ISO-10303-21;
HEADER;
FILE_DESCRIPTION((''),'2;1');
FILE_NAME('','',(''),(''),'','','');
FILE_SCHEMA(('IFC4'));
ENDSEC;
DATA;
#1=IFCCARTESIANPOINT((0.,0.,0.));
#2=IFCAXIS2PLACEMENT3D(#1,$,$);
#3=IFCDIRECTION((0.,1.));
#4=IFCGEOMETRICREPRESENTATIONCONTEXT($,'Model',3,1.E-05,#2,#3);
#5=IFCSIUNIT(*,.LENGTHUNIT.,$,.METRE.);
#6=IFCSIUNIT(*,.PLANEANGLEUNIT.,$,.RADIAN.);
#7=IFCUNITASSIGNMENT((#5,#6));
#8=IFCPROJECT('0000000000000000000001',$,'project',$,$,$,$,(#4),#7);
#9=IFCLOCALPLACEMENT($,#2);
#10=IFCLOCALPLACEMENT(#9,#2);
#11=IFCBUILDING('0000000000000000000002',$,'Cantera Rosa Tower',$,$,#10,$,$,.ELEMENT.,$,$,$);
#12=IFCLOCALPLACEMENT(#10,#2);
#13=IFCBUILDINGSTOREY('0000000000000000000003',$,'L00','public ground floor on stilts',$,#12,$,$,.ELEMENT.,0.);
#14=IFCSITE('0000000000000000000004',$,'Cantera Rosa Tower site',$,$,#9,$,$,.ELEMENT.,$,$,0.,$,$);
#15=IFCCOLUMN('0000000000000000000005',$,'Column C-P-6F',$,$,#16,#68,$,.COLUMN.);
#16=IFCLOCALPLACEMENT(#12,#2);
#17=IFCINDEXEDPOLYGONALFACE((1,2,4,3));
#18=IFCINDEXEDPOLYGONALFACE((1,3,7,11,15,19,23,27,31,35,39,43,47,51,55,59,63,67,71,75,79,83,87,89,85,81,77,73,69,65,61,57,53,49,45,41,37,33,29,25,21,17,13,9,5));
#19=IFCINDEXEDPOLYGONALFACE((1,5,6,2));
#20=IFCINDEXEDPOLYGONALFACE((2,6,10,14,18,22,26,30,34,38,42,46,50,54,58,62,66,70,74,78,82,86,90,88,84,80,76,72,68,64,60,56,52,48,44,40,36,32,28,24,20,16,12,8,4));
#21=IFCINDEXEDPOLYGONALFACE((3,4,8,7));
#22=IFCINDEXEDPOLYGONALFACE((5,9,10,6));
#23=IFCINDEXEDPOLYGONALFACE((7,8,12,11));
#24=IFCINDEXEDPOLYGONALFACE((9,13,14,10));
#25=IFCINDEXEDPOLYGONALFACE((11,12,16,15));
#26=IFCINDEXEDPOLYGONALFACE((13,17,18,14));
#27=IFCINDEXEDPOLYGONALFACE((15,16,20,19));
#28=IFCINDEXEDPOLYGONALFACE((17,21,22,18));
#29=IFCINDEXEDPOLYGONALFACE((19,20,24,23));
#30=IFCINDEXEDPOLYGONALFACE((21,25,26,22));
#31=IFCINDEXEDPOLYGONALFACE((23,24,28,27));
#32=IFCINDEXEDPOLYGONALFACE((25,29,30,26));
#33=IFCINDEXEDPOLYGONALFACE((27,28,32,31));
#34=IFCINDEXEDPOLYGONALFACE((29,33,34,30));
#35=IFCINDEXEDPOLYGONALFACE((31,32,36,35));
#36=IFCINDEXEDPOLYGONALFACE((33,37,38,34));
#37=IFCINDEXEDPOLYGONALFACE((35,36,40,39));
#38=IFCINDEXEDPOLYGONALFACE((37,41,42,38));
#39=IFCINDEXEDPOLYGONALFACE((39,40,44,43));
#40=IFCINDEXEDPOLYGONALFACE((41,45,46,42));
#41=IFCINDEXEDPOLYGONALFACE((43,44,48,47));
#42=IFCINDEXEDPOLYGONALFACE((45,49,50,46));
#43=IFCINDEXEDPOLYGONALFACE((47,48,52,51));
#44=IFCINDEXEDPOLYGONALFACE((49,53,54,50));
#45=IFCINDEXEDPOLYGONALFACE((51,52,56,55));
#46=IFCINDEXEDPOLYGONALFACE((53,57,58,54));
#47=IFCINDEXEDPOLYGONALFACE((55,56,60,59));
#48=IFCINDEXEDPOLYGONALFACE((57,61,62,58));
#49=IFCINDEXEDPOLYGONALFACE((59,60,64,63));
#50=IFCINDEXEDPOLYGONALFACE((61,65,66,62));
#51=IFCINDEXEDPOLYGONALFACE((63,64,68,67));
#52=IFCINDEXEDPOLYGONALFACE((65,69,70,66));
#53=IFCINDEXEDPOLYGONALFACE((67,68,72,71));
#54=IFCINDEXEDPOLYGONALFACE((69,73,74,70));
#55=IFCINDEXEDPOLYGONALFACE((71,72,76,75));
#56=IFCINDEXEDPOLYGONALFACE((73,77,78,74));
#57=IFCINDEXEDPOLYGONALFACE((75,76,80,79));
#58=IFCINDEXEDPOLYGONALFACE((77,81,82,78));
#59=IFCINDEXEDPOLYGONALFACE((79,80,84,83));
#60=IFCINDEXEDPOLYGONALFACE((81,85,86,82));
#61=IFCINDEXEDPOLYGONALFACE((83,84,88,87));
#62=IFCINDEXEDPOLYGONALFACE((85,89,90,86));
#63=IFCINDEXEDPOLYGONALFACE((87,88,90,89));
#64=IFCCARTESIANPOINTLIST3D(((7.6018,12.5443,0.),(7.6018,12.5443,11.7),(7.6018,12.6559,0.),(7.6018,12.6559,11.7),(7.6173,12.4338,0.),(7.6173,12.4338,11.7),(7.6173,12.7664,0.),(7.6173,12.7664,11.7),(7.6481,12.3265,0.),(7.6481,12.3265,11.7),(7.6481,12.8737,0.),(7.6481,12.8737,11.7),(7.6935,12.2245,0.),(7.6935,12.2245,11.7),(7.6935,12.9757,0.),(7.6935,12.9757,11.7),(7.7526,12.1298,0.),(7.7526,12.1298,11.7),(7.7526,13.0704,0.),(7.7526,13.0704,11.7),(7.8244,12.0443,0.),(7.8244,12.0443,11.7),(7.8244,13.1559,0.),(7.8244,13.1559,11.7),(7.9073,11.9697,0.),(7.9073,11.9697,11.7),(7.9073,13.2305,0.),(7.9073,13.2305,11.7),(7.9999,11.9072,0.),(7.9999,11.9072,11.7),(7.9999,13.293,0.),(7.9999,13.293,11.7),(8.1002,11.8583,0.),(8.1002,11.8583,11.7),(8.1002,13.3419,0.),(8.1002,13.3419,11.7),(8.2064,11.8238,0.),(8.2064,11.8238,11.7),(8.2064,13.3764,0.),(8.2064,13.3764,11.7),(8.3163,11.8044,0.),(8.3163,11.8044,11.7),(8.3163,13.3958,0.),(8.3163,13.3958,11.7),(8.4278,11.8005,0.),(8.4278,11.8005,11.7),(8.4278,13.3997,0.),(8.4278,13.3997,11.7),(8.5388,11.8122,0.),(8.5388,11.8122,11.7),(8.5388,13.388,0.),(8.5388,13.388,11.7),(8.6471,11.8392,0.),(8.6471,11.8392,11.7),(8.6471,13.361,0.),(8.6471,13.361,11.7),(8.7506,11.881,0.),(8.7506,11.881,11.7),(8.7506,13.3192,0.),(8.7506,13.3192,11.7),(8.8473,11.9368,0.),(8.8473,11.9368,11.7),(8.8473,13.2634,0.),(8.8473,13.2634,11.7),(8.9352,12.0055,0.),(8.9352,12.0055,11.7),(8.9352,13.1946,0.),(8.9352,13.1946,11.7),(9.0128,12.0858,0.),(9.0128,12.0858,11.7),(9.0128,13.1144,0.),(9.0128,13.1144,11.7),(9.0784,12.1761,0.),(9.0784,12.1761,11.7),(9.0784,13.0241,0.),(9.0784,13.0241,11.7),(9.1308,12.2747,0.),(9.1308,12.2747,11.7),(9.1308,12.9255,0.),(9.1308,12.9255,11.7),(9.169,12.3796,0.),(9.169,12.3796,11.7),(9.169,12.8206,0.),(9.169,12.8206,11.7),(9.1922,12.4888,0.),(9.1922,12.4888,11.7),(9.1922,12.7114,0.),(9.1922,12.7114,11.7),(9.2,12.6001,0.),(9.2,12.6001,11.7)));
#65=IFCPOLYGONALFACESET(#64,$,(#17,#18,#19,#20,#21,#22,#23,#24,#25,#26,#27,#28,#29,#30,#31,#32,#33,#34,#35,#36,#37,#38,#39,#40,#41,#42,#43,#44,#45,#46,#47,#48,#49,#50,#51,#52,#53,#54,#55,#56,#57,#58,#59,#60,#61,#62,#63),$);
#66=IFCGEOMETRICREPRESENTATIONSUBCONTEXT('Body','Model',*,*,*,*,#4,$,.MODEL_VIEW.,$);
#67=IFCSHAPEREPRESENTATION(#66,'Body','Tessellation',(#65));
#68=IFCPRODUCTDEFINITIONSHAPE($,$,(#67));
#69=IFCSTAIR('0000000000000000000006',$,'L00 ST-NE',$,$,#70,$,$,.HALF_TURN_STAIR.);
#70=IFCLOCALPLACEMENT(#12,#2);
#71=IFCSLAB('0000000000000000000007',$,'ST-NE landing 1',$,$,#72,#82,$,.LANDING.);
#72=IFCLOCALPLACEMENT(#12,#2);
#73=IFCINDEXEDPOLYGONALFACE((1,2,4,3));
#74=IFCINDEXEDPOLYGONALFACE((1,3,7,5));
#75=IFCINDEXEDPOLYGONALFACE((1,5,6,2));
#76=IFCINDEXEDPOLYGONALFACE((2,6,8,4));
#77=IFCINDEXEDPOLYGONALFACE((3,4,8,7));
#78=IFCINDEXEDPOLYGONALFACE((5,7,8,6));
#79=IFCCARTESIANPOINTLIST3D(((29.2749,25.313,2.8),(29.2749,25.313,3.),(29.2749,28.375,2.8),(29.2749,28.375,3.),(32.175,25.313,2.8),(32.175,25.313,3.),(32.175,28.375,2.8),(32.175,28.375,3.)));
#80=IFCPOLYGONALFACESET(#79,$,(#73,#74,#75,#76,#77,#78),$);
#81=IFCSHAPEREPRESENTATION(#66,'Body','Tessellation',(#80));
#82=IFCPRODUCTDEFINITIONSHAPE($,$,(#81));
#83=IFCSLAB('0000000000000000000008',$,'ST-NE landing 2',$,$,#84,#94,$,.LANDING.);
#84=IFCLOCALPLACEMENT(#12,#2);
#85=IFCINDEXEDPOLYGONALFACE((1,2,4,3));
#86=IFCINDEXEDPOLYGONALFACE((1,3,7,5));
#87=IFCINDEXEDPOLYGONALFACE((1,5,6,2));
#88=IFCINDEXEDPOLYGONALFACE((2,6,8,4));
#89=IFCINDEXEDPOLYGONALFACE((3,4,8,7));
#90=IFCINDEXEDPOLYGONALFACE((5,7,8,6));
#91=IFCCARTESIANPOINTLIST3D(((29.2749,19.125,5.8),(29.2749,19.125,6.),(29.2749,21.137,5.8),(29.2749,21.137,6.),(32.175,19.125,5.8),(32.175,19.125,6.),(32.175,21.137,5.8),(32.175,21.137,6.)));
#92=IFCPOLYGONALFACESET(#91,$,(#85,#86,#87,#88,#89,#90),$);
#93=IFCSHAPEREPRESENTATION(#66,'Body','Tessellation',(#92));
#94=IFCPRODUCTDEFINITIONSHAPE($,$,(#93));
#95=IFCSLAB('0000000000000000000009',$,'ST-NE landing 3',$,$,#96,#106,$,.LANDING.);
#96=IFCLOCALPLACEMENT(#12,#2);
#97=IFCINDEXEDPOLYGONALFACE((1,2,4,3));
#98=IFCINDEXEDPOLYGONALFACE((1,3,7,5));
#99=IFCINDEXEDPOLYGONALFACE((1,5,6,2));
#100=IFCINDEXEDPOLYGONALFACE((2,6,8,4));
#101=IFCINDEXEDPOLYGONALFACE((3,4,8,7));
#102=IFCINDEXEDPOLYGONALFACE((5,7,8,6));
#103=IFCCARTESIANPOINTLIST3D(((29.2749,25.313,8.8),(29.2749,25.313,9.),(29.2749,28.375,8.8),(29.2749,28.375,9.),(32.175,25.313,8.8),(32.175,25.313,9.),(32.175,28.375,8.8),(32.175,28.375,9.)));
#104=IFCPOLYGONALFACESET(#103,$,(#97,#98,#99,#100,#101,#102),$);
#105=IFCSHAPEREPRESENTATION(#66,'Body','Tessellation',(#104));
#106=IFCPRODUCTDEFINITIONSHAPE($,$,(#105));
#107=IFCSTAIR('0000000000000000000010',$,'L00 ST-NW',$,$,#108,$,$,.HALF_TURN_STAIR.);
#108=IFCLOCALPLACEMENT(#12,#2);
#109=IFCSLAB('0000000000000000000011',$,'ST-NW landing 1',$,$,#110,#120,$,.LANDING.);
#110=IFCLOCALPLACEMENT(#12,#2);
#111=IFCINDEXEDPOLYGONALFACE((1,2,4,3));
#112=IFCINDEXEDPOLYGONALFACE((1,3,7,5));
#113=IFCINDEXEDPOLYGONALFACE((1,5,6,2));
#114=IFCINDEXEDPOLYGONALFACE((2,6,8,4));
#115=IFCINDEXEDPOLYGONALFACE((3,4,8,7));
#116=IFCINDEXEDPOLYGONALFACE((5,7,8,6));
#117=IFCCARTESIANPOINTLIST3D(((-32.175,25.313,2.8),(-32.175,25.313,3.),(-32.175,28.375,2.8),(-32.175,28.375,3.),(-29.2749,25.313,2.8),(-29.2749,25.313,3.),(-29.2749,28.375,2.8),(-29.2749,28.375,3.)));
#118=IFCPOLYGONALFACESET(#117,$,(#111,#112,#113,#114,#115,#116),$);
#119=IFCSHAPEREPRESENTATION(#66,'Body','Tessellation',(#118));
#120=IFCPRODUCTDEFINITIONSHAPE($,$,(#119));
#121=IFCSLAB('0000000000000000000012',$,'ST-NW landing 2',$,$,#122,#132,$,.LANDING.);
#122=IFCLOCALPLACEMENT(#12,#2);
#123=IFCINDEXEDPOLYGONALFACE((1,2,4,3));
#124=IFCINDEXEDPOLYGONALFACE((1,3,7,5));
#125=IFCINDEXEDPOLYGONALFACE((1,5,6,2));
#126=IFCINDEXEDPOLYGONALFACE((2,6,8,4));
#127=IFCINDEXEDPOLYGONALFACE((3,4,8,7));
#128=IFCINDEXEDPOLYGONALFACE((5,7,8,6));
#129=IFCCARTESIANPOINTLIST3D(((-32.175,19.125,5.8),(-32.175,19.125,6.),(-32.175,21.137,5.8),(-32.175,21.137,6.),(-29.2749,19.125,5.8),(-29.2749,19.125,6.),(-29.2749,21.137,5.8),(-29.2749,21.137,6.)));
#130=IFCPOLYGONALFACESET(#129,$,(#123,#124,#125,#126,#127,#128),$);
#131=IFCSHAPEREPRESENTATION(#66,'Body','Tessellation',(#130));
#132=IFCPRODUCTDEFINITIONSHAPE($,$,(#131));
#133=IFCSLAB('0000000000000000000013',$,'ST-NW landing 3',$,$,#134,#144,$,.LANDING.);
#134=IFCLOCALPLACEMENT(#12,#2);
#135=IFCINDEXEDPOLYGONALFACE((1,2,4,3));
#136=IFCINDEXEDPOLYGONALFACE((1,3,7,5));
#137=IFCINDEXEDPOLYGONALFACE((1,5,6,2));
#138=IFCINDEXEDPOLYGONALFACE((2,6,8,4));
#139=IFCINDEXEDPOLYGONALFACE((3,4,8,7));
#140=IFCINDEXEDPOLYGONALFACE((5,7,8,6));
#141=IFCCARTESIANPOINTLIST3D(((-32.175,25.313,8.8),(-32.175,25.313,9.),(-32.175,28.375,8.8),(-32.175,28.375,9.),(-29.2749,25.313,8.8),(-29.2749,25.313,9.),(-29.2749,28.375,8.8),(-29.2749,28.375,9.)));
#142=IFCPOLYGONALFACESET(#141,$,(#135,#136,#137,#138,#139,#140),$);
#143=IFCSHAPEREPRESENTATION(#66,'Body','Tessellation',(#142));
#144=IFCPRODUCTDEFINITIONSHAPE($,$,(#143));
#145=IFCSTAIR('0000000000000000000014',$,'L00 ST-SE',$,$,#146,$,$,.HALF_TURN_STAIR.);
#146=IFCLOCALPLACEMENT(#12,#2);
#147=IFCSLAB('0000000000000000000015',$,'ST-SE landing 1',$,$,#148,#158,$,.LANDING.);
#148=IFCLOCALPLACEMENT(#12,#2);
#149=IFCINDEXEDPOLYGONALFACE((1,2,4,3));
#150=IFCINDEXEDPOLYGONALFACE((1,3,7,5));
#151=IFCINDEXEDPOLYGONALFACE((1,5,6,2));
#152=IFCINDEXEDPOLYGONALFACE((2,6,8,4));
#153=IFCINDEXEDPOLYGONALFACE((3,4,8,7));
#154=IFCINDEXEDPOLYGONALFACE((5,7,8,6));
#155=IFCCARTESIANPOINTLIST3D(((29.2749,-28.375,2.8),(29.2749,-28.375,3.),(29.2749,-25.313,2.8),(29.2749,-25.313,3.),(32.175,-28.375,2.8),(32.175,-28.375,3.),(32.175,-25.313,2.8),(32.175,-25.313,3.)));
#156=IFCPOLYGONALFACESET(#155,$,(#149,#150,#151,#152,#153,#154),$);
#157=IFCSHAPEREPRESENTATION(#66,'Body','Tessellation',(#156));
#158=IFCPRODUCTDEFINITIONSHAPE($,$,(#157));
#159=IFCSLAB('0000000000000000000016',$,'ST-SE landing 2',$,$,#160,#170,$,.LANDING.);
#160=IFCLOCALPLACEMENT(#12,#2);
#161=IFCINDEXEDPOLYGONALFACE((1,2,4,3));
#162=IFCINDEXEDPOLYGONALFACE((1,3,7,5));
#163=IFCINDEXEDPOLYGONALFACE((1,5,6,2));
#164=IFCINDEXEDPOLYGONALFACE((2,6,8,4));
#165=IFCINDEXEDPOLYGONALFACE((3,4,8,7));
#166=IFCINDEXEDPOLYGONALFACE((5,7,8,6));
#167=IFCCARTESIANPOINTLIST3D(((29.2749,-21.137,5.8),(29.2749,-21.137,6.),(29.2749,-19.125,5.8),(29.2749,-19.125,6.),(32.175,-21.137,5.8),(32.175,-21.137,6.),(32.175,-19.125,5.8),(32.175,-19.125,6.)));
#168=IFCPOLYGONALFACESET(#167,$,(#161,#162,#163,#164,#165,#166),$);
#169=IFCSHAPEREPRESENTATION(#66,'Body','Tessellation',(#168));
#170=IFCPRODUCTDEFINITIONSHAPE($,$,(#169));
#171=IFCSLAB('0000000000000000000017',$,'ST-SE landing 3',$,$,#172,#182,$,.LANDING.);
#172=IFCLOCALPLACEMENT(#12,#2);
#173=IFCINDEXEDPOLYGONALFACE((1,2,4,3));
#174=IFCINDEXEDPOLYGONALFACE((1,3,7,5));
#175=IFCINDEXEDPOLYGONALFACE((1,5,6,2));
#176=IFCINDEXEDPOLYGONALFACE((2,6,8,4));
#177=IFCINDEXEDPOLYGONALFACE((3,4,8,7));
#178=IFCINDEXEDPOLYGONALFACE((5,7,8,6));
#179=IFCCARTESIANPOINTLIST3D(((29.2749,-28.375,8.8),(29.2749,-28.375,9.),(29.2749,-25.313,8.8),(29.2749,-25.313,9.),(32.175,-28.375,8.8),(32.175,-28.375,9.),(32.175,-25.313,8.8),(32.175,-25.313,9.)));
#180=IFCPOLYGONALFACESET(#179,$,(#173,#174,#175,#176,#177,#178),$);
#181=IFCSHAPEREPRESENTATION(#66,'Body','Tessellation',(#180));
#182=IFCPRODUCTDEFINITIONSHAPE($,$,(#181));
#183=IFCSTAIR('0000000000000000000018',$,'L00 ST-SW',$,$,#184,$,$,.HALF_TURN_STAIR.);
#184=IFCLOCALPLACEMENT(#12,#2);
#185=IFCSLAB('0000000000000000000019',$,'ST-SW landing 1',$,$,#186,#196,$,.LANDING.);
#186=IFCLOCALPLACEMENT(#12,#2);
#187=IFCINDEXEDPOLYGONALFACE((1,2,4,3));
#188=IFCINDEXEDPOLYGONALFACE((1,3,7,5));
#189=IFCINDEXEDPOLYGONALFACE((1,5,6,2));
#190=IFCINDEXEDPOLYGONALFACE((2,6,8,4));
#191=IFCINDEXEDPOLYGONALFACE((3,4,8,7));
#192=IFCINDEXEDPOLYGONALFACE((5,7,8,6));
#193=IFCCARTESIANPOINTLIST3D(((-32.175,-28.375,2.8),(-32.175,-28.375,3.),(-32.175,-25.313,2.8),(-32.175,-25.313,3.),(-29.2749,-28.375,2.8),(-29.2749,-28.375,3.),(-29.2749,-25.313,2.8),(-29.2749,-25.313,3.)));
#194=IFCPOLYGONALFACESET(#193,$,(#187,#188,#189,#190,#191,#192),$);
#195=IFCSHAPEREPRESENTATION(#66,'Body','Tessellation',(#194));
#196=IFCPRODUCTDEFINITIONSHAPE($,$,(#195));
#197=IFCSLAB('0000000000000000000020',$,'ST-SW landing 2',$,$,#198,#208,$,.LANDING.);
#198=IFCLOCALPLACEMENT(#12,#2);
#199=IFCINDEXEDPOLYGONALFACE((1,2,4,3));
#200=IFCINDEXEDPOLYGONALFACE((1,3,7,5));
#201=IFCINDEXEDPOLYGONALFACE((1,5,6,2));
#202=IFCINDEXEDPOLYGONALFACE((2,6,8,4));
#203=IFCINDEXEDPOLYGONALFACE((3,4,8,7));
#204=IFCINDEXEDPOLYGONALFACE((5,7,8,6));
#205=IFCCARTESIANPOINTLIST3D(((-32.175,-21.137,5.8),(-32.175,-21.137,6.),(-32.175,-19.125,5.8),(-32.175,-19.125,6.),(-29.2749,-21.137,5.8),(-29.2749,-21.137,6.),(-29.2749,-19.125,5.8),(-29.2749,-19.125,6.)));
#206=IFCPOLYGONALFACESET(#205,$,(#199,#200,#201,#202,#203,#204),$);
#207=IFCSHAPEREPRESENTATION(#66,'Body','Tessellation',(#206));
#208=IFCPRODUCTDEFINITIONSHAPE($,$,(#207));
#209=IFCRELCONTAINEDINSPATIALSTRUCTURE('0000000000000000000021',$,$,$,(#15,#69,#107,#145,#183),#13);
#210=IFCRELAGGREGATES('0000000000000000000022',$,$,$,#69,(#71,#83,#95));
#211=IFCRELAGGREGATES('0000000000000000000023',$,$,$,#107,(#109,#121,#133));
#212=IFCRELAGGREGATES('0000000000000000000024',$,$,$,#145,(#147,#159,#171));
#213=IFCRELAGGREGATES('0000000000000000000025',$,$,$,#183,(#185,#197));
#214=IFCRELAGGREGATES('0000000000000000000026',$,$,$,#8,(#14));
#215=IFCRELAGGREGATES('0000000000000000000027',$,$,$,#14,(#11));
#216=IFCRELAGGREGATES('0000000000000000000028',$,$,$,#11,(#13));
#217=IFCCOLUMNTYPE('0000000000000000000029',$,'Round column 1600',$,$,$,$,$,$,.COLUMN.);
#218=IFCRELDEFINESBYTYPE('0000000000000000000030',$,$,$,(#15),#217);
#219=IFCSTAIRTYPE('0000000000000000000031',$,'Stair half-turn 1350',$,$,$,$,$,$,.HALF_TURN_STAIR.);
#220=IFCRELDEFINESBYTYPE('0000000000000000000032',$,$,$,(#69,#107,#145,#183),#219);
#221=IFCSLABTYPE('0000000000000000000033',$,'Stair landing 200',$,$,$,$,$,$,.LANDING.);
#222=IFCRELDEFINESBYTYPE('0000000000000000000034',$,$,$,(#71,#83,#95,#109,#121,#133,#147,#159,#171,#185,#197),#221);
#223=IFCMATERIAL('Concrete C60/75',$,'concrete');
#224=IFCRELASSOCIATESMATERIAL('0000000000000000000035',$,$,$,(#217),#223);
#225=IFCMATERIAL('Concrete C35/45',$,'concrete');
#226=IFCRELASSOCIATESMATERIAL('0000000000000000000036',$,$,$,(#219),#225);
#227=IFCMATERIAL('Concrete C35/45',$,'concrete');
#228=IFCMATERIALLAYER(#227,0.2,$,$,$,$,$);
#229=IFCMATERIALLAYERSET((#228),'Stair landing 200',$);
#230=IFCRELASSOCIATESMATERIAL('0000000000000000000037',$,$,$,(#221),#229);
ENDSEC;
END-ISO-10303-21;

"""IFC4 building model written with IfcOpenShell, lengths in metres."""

from ifc_helpers import new_model, si_unit, direction, frame, origin, origin_2d, place, context, subcontext, project, spatial, polyline, circle, outline, extrude, material, layer, layer_set, material_profile, profile_set, type_object, element, aggregate, save


model = new_model("IFC4")

# Units and contexts
model_context = context("Model", 3, precision=1e-05, world=origin(), true_north=direction((0.0, 1.0)))
body_context = subcontext(model_context, "Body", "Model", "MODEL_VIEW")
ifc_project = project(units=[si_unit("LENGTHUNIT", "METRE"), si_unit("PLANEANGLEUNIT", "RADIAN")], contexts=[model_context])

# Site, building, storey
site_placement = place(None, origin())
site = spatial("IfcSite", under=ifc_project, at=site_placement, Name="Cantera Rosa Tower site", CompositionType="ELEMENT", RefElevation=0.0)
building_placement = place(site_placement, origin())
building = spatial("IfcBuilding", under=site, at=building_placement, Name="Cantera Rosa Tower", CompositionType="ELEMENT")
storey_placement = place(building_placement, origin())
storey = spatial("IfcBuildingStorey", under=building, at=storey_placement, Name="L00", Description="public ground floor on stilts", CompositionType="ELEMENT", Elevation=0.0)

# Column
ifc_material_1 = material(Name="Concrete C60/75", Category="concrete")
ifc_material_profile = material_profile(ifc_material_1, circle(Radius=0.8, at=origin_2d()), Name="Round column 1600")
ifc_profile_set = profile_set([ifc_material_profile], Name="Concrete C60/75")
column_type = type_object("IfcColumnType", Name="Round column 1600", PredefinedType="COLUMN", material=ifc_profile_set)
column_placement = place(storey_placement, frame((8.3999, 12.6001, 0.0), z_axis=(0.0, 0.0, 1.0), x_axis=(1.0, 0.0, 0.0)))
element("IfcColumn", 1, at=column_placement, inside=storey, type_object=column_type, Name="Column C-P-6F", PredefinedType="COLUMN", context=body_context, shape_type="SweptSolid", body=[
    extrude(circle(Radius=0.8, at=origin_2d()), origin(), (0.0, 0.0, 1.0), 11.7),
])

# Stairs, slabs
ifc_material_2 = material(Name="Concrete C35/45", Category="concrete")
stair_type = type_object("IfcStairType", Name="Stair half-turn 1350", PredefinedType="HALF_TURN_STAIR", material=ifc_material_2)
stair_1_placement = place(storey_placement, origin())
stair_1 = element("IfcStair", 2, at=stair_1_placement, inside=storey, type_object=stair_type, Name="L00 ST-NE", PredefinedType="HALF_TURN_STAIR")
ifc_material_3 = material(Name="Concrete C35/45", Category="concrete")
ifc_layer_1 = layer(ifc_material_3, 0.2)
ifc_layer_set_1 = layer_set([ifc_layer_1], Name="Stair landing 200")
slab_type = type_object("IfcSlabType", Name="Stair landing 200", PredefinedType="LANDING", material=ifc_layer_set_1)
slab_1_placement = place(storey_placement, frame((0.0, 0.0, 2.8)))
slab_1 = element("IfcSlab", 3, at=slab_1_placement, type_object=slab_type, Name="ST-NE landing 1", PredefinedType="LANDING", context=body_context, shape_type="SweptSolid", body=[
    extrude(outline(polyline([(32.175, 25.313), (32.175, 28.375), (29.2749, 28.375), (29.2749, 25.313), (32.175, 25.313)])), origin(), (0.0, 0.0, 1.0), 0.2),
])
slab_2_placement = place(storey_placement, frame((0.0, 0.0, 5.8)))
slab_2 = element("IfcSlab", 4, at=slab_2_placement, type_object=slab_type, Name="ST-NE landing 2", PredefinedType="LANDING", context=body_context, shape_type="SweptSolid", body=[
    extrude(outline(polyline([(32.175, 19.125), (32.175, 21.137), (29.2749, 21.137), (29.2749, 19.125), (32.175, 19.125)])), origin(), (0.0, 0.0, 1.0), 0.2),
])
slab_3_placement = place(storey_placement, frame((0.0, 0.0, 8.8)))
slab_3 = element("IfcSlab", 5, at=slab_3_placement, type_object=slab_type, Name="ST-NE landing 3", PredefinedType="LANDING", context=body_context, shape_type="SweptSolid", body=[
    extrude(outline(polyline([(32.175, 25.313), (32.175, 28.375), (29.2749, 28.375), (29.2749, 25.313), (32.175, 25.313)])), origin(), (0.0, 0.0, 1.0), 0.2),
])
aggregate(stair_1, [slab_1, slab_2, slab_3])
stair_2_placement = place(storey_placement, origin())
stair_2 = element("IfcStair", 6, at=stair_2_placement, inside=storey, type_object=stair_type, Name="L00 ST-NW", PredefinedType="HALF_TURN_STAIR")
slab_4_placement = place(storey_placement, frame((0.0, 0.0, 2.8)))
slab_4 = element("IfcSlab", 7, at=slab_4_placement, type_object=slab_type, Name="ST-NW landing 1", PredefinedType="LANDING", context=body_context, shape_type="SweptSolid", body=[
    extrude(outline(polyline([(-29.2749, 25.313), (-29.2749, 28.375), (-32.175, 28.375), (-32.175, 25.313), (-29.2749, 25.313)])), origin(), (0.0, 0.0, 1.0), 0.2),
])
slab_5_placement = place(storey_placement, frame((0.0, 0.0, 5.8)))
slab_5 = element("IfcSlab", 8, at=slab_5_placement, type_object=slab_type, Name="ST-NW landing 2", PredefinedType="LANDING", context=body_context, shape_type="SweptSolid", body=[
    extrude(outline(polyline([(-29.2749, 19.125), (-29.2749, 21.137), (-32.175, 21.137), (-32.175, 19.125), (-29.2749, 19.125)])), origin(), (0.0, 0.0, 1.0), 0.2),
])
slab_6_placement = place(storey_placement, frame((0.0, 0.0, 8.8)))
slab_6 = element("IfcSlab", 9, at=slab_6_placement, type_object=slab_type, Name="ST-NW landing 3", PredefinedType="LANDING", context=body_context, shape_type="SweptSolid", body=[
    extrude(outline(polyline([(-29.2749, 25.313), (-29.2749, 28.375), (-32.175, 28.375), (-32.175, 25.313), (-29.2749, 25.313)])), origin(), (0.0, 0.0, 1.0), 0.2),
])
aggregate(stair_2, [slab_4, slab_5, slab_6])
stair_3_placement = place(storey_placement, origin())
stair_3 = element("IfcStair", 10, at=stair_3_placement, inside=storey, type_object=stair_type, Name="L00 ST-SE", PredefinedType="HALF_TURN_STAIR")
slab_7_placement = place(storey_placement, frame((0.0, 0.0, 2.8)))
slab_7 = element("IfcSlab", 11, at=slab_7_placement, type_object=slab_type, Name="ST-SE landing 1", PredefinedType="LANDING", context=body_context, shape_type="SweptSolid", body=[
    extrude(outline(polyline([(29.2749, -25.313), (29.2749, -28.375), (32.175, -28.375), (32.175, -25.313), (29.2749, -25.313)])), origin(), (0.0, 0.0, 1.0), 0.2),
])
slab_8_placement = place(storey_placement, frame((0.0, 0.0, 5.8)))
slab_8 = element("IfcSlab", 12, at=slab_8_placement, type_object=slab_type, Name="ST-SE landing 2", PredefinedType="LANDING", context=body_context, shape_type="SweptSolid", body=[
    extrude(outline(polyline([(29.2749, -19.125), (29.2749, -21.137), (32.175, -21.137), (32.175, -19.125), (29.2749, -19.125)])), origin(), (0.0, 0.0, 1.0), 0.2),
])
slab_9_placement = place(storey_placement, frame((0.0, 0.0, 8.8)))
slab_9 = element("IfcSlab", 13, at=slab_9_placement, type_object=slab_type, Name="ST-SE landing 3", PredefinedType="LANDING", context=body_context, shape_type="SweptSolid", body=[
    extrude(outline(polyline([(29.2749, -25.313), (29.2749, -28.375), (32.175, -28.375), (32.175, -25.313), (29.2749, -25.313)])), origin(), (0.0, 0.0, 1.0), 0.2),
])
aggregate(stair_3, [slab_7, slab_8, slab_9])
stair_4_placement = place(storey_placement, origin())
stair_4 = element("IfcStair", 14, at=stair_4_placement, inside=storey, type_object=stair_type, Name="L00 ST-SW", PredefinedType="HALF_TURN_STAIR")
slab_10_placement = place(storey_placement, frame((0.0, 0.0, 2.8)))
slab_10 = element("IfcSlab", 15, at=slab_10_placement, type_object=slab_type, Name="ST-SW landing 1", PredefinedType="LANDING", context=body_context, shape_type="SweptSolid", body=[
    extrude(outline(polyline([(-32.175, -25.313), (-32.175, -28.375), (-29.2749, -28.375), (-29.2749, -25.313), (-32.175, -25.313)])), origin(), (0.0, 0.0, 1.0), 0.2),
])
slab_11_placement = place(storey_placement, frame((0.0, 0.0, 5.8)))
slab_11 = element("IfcSlab", 16, at=slab_11_placement, type_object=slab_type, Name="ST-SW landing 2", PredefinedType="LANDING", context=body_context, shape_type="SweptSolid", body=[
    extrude(outline(polyline([(-32.175, -19.125), (-32.175, -21.137), (-29.2749, -21.137), (-29.2749, -19.125), (-32.175, -19.125)])), origin(), (0.0, 0.0, 1.0), 0.2),
])
aggregate(stair_4, [slab_10, slab_11])

save(model, "model.ifc")
